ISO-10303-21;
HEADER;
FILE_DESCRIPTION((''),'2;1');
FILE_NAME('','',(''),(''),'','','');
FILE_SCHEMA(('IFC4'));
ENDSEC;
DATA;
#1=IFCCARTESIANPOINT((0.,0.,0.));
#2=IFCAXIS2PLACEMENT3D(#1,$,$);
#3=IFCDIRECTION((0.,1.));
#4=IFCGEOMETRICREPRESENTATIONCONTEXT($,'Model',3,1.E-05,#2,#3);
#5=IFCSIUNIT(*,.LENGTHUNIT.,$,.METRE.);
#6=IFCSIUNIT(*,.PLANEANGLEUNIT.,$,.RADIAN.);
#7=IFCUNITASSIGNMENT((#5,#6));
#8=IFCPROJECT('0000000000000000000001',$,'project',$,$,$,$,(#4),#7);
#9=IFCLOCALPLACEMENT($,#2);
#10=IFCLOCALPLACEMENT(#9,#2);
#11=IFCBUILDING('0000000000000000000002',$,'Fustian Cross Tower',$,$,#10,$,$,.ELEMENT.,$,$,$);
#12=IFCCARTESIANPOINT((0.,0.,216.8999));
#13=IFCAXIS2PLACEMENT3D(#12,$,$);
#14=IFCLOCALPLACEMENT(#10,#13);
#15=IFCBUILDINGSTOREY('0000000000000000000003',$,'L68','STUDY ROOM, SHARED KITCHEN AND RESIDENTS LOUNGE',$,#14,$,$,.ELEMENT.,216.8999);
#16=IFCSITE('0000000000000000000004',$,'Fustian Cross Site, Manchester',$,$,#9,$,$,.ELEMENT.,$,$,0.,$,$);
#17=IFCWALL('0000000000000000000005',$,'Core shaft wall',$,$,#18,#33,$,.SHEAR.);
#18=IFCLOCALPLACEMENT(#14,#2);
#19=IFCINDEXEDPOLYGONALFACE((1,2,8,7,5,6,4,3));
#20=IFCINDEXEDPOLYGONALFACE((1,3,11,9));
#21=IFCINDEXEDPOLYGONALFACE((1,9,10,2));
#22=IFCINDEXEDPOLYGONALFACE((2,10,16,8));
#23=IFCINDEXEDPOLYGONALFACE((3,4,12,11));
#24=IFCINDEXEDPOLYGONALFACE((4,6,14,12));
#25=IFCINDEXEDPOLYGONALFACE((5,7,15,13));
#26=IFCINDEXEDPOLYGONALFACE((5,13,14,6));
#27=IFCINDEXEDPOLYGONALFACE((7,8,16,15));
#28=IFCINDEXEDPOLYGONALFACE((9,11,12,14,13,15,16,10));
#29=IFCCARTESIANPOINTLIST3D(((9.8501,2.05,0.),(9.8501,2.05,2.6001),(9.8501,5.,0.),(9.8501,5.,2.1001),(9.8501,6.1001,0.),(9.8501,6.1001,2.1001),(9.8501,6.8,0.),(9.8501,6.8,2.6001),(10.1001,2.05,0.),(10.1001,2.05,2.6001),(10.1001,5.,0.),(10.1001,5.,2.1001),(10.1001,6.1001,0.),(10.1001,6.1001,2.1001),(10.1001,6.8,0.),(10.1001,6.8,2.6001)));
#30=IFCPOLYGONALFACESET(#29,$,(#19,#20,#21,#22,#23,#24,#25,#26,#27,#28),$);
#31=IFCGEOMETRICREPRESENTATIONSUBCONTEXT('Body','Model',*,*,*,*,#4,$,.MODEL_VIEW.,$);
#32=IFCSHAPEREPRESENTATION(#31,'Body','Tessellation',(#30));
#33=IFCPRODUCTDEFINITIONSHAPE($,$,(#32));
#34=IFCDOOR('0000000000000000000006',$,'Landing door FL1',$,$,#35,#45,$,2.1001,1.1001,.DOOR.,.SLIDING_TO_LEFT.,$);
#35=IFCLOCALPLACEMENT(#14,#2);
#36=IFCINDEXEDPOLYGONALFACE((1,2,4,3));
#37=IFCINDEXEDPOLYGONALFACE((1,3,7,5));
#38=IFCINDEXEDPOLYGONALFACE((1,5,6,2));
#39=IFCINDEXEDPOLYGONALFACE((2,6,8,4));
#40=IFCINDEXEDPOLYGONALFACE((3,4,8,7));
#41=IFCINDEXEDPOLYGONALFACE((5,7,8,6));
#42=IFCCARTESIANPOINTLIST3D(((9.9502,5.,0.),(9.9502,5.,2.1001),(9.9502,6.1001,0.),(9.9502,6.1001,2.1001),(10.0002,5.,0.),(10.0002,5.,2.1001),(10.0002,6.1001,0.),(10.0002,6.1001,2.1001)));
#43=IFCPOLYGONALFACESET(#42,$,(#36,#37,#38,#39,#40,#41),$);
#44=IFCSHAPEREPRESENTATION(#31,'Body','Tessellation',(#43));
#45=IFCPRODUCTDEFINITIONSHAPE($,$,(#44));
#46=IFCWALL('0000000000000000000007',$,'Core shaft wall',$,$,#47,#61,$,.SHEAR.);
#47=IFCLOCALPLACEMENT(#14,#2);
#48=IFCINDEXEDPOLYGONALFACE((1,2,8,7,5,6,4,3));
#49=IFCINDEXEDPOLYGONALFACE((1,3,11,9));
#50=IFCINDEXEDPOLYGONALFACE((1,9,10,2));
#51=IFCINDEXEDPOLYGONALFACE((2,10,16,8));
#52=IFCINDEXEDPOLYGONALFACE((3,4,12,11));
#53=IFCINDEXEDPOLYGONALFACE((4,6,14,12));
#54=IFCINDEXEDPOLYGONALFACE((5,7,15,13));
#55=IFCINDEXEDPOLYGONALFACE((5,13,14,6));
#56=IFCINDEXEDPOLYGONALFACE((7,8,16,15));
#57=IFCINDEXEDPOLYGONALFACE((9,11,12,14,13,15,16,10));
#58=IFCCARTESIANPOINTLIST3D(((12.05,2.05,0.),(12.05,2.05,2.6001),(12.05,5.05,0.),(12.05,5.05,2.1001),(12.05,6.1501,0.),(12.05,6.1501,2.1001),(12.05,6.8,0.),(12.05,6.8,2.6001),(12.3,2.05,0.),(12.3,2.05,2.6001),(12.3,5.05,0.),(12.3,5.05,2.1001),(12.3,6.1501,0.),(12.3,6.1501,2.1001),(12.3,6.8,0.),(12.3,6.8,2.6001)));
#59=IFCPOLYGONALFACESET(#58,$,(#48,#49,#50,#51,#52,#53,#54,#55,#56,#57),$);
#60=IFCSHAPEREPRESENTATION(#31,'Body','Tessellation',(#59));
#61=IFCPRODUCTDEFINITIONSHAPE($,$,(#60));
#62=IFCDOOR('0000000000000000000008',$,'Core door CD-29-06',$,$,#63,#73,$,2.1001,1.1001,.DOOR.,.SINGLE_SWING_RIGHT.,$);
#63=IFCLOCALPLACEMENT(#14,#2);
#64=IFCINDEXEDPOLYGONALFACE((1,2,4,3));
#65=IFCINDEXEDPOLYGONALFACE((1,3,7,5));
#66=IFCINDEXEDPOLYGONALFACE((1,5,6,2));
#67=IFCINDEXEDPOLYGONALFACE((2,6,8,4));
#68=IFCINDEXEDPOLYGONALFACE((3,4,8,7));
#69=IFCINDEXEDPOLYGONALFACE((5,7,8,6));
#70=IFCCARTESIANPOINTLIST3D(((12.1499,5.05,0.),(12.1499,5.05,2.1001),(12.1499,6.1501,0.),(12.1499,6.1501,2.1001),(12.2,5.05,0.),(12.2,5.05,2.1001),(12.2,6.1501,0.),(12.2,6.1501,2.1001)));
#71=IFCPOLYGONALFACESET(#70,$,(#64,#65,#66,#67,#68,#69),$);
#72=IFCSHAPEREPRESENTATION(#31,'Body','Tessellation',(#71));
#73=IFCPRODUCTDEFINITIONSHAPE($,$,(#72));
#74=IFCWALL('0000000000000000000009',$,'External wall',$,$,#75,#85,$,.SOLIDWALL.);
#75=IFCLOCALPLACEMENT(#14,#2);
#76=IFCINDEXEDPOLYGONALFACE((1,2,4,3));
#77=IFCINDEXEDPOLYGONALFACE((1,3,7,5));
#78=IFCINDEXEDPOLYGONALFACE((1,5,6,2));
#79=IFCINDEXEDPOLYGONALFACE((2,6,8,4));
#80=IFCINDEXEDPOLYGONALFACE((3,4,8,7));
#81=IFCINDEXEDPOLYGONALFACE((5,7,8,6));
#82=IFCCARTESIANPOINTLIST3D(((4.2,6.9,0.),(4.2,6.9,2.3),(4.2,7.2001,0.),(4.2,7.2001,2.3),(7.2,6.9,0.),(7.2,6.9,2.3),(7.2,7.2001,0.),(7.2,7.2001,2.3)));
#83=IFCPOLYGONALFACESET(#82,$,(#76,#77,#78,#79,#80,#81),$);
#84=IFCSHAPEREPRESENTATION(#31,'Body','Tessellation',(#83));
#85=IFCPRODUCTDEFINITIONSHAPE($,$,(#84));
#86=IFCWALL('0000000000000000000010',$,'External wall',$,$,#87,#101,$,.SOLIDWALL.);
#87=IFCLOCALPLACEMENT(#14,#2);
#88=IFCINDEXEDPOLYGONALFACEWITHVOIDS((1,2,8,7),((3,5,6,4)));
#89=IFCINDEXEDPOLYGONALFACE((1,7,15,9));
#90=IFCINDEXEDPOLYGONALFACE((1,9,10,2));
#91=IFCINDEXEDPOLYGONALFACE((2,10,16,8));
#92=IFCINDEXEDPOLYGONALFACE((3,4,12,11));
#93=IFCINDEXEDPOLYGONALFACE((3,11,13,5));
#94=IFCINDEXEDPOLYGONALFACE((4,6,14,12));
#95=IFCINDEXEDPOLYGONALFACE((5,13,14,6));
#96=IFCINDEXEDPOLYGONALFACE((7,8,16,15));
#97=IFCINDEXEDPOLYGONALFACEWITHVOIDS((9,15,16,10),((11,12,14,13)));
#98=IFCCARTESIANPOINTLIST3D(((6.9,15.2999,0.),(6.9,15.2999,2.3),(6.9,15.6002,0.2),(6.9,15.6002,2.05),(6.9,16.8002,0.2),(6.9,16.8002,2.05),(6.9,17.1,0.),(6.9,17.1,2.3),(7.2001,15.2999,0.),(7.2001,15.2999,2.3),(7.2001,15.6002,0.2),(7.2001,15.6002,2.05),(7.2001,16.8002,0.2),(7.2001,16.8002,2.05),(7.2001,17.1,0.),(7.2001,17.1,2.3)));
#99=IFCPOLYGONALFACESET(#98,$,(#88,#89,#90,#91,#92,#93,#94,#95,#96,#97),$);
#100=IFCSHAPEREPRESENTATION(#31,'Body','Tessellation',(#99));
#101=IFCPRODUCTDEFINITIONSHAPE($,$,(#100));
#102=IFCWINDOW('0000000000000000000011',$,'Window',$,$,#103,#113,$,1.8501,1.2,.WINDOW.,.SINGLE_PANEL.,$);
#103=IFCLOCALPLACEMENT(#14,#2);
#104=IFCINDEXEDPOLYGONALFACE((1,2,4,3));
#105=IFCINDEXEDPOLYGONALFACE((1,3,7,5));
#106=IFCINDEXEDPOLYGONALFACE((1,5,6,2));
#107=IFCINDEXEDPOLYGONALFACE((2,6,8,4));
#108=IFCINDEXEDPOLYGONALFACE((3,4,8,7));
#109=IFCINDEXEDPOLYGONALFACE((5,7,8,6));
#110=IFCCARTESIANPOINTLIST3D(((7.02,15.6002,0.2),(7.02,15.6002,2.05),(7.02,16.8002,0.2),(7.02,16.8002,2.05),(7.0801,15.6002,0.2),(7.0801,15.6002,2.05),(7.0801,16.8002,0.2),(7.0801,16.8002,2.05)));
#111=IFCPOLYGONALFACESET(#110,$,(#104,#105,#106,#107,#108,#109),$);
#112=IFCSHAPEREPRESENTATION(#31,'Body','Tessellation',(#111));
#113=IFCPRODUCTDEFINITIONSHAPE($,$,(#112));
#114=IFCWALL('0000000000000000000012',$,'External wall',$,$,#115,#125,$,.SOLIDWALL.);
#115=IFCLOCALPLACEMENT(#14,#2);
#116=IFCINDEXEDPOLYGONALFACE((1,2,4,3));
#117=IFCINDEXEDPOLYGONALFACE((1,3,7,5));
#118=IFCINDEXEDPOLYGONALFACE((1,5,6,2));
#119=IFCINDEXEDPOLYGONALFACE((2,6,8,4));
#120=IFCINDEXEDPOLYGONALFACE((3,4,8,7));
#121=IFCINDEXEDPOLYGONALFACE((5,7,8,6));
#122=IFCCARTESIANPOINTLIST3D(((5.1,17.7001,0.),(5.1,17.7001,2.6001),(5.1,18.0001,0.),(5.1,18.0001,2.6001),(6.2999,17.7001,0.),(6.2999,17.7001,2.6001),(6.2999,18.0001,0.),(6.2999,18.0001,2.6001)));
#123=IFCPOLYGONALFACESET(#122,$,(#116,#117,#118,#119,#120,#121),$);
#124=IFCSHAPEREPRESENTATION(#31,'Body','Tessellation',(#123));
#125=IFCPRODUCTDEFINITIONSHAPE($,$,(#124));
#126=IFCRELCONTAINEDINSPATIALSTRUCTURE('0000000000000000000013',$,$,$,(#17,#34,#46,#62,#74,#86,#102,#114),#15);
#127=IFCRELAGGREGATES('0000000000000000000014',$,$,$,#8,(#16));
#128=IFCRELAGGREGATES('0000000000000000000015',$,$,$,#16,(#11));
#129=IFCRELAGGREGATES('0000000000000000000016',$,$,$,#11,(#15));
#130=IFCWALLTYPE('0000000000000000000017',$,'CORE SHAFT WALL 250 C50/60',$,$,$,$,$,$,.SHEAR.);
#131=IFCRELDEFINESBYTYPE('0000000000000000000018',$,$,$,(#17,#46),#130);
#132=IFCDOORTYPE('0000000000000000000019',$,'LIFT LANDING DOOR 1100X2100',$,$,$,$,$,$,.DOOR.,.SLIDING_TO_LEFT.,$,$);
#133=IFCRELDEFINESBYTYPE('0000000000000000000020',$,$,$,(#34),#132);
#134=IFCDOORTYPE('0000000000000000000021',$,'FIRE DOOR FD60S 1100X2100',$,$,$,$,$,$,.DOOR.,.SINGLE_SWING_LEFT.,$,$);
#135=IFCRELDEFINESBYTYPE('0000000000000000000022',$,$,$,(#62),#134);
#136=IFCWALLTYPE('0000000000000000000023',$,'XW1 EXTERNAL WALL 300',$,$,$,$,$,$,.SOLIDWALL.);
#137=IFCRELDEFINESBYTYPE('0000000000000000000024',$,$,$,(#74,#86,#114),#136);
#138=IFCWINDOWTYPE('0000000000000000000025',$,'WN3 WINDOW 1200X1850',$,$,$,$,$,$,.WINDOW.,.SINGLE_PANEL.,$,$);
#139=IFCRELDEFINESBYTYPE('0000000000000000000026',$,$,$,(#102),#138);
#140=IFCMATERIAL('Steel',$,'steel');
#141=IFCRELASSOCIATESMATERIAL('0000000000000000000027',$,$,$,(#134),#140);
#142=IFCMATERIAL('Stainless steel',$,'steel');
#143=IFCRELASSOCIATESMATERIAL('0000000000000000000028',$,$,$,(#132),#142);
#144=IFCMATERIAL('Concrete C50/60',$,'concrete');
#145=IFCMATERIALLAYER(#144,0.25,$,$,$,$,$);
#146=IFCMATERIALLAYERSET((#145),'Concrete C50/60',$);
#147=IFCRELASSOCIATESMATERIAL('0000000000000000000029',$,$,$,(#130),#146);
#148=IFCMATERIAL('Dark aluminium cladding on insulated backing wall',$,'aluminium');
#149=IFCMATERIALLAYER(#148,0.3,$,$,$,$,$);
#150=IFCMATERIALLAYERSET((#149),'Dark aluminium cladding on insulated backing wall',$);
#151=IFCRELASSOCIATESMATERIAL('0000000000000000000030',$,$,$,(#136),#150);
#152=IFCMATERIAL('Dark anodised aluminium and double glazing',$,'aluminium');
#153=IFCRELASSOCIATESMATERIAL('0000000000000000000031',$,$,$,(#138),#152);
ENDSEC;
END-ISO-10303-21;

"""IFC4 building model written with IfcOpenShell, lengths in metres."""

from ifc_helpers import new_model, si_unit, direction, frame, frame_2d, origin, place, context, subcontext, project, spatial, rectangle, extrude, material, layer, layer_set, type_object, element, fill, save


model = new_model("IFC4")

# Units and contexts
model_context = context("Model", 3, precision=1e-05, world=origin(), true_north=direction((0.0, 1.0)))
body_context = subcontext(model_context, "Body", "Model", "MODEL_VIEW")
ifc_project = project(units=[si_unit("LENGTHUNIT", "METRE"), si_unit("PLANEANGLEUNIT", "RADIAN")], contexts=[model_context])

# Site, building, storey
site_placement = place(None, origin())
site = spatial("IfcSite", under=ifc_project, at=site_placement, Name="Fustian Cross Site, Manchester", CompositionType="ELEMENT", RefElevation=0.0)
building_placement = place(site_placement, origin())
building = spatial("IfcBuilding", under=site, at=building_placement, Name="Fustian Cross Tower", CompositionType="ELEMENT")
storey_placement = place(building_placement, frame((0.0, 0.0, 216.8999)))
storey = spatial("IfcBuildingStorey", under=building, at=storey_placement, Name="L68", Description="STUDY ROOM, SHARED KITCHEN AND RESIDENTS LOUNGE", CompositionType="ELEMENT", Elevation=216.8999)

# Shared definitions
ifc_material_1 = material(Name="Steel", Category="steel")
door_type_1 = type_object("IfcDoorType", Name="FIRE DOOR FD60S 1100X2100", OperationType="SINGLE_SWING_LEFT", PredefinedType="DOOR", material=ifc_material_1)
ifc_material_2 = material(Name="Stainless steel", Category="steel")
door_type_2 = type_object("IfcDoorType", Name="LIFT LANDING DOOR 1100X2100", OperationType="SLIDING_TO_LEFT", PredefinedType="DOOR", material=ifc_material_2)

# Shared definitions
ifc_material_3 = material(Name="Concrete C50/60", Category="concrete")
ifc_layer_1 = layer(ifc_material_3, 0.25)
ifc_layer_set_1 = layer_set([ifc_layer_1], Name="Concrete C50/60")
wall_type_1 = type_object("IfcWallType", Name="CORE SHAFT WALL 250 C50/60", PredefinedType="SHEAR", material=ifc_layer_set_1)

# Walls, openings, doors
wall_1_placement = place(storey_placement, frame((9.9751, 2.05, 0.0), z_axis=(0.0, 0.0, 1.0), x_axis=(0.0, 1.0, 0.0)))
wall_1 = element("IfcWall", 1, at=wall_1_placement, inside=storey, type_object=wall_type_1, Name="Core shaft wall", PredefinedType="SHEAR", context=body_context, shape_type="SweptSolid", body=[
    extrude(rectangle(XDim=4.75, YDim=0.25, at=frame_2d((2.375, 0.0))), origin(), (0.0, 0.0, 1.0), 2.6001),
])
opening_1_placement = place(wall_1_placement, frame((2.95, 0.0, 0.0)))
opening_1 = element("IfcOpeningElement", 2, at=opening_1_placement, cuts=wall_1, PredefinedType="OPENING", context=body_context, shape_type="SweptSolid", body=[
    extrude(rectangle(XDim=1.1001, YDim=2.1001, at=frame_2d((0.55, 1.05))), frame((0.0, 0.135, 0.0), z_axis=(0.0, -1.0, 0.0), x_axis=(1.0, 0.0, 0.0)), (0.0, 0.0, 1.0), 0.27),
])
door_1_placement = place(opening_1_placement, origin())
door_1 = element("IfcDoor", 3, at=door_1_placement, inside=storey, type_object=door_type_2, Name="Landing door FL1", OperationType="SLIDING_TO_LEFT", OverallHeight=2.1001, OverallWidth=1.1001, PredefinedType="DOOR", context=body_context, shape_type="SweptSolid", body=[
    extrude(rectangle(XDim=1.1001, YDim=2.1001, at=frame_2d((0.55, 1.05))), frame((0.0, 0.0249, 0.0), z_axis=(0.0, -1.0, 0.0), x_axis=(1.0, 0.0, 0.0)), (0.0, 0.0, 1.0), 0.05),
])
fill(opening_1, door_1)
wall_2_placement = place(storey_placement, frame((12.175, 2.05, 0.0), z_axis=(0.0, 0.0, 1.0), x_axis=(0.0, 1.0, 0.0)))
wall_2 = element("IfcWall", 4, at=wall_2_placement, inside=storey, type_object=wall_type_1, Name="Core shaft wall", PredefinedType="SHEAR", context=body_context, shape_type="SweptSolid", body=[
    extrude(rectangle(XDim=4.75, YDim=0.25, at=frame_2d((2.375, 0.0))), origin(), (0.0, 0.0, 1.0), 2.6001),
])
opening_2_placement = place(wall_2_placement, frame((3.0, 0.0, 0.0)))
opening_2 = element("IfcOpeningElement", 5, at=opening_2_placement, cuts=wall_2, PredefinedType="OPENING", context=body_context, shape_type="SweptSolid", body=[
    extrude(rectangle(XDim=1.1001, YDim=2.1001, at=frame_2d((0.55, 1.05))), frame((0.0, 0.135, 0.0), z_axis=(0.0, -1.0, 0.0), x_axis=(1.0, 0.0, 0.0)), (0.0, 0.0, 1.0), 0.27),
])
door_2_placement = place(opening_2_placement, frame((1.1001, 0.0, 0.0), z_axis=(0.0, 0.0, 1.0), x_axis=(-1.0, 0.0, 0.0)))
door_2 = element("IfcDoor", 6, at=door_2_placement, inside=storey, type_object=door_type_1, Name="Core door CD-29-06", OperationType="SINGLE_SWING_RIGHT", OverallHeight=2.1001, OverallWidth=1.1001, PredefinedType="DOOR", context=body_context, shape_type="SweptSolid", body=[
    extrude(rectangle(XDim=1.1001, YDim=2.1001, at=frame_2d((0.55, 1.05))), frame((0.0, 0.0249, 0.0), z_axis=(0.0, -1.0, 0.0), x_axis=(1.0, 0.0, 0.0)), (0.0, 0.0, 1.0), 0.05),
])
fill(opening_2, door_2)

# Wall
ifc_material_4 = material(Name="Dark aluminium cladding on insulated backing wall", Category="aluminium")
ifc_layer_2 = layer(ifc_material_4, 0.3)
ifc_layer_set_2 = layer_set([ifc_layer_2], Name="Dark aluminium cladding on insulated backing wall")
wall_type_2 = type_object("IfcWallType", Name="XW1 EXTERNAL WALL 300", PredefinedType="SOLIDWALL", material=ifc_layer_set_2)
wall_3_placement = place(storey_placement, frame((7.2, 7.05, 0.0), z_axis=(0.0, 0.0, 1.0), x_axis=(-1.0, 0.0, 0.0)))
element("IfcWall", 7, at=wall_3_placement, inside=storey, type_object=wall_type_2, Name="External wall", PredefinedType="SOLIDWALL", context=body_context, shape_type="SweptSolid", body=[
    extrude(rectangle(XDim=3.0, YDim=0.3, at=frame_2d((1.5, 0.0))), origin(), (0.0, 0.0, 1.0), 2.3),
])

# Wall, opening, window
wall_4_placement = place(storey_placement, frame((7.05, 15.3, 0.0), z_axis=(0.0, 0.0, 1.0), x_axis=(0.0, 1.0, 0.0)))
wall_4 = element("IfcWall", 8, at=wall_4_placement, inside=storey, type_object=wall_type_2, Name="External wall", PredefinedType="SOLIDWALL", context=body_context, shape_type="SweptSolid", body=[
    extrude(rectangle(XDim=1.8, YDim=0.3, at=frame_2d((0.8999, 0.0))), origin(), (0.0, 0.0, 1.0), 2.3),
])
opening_3_placement = place(wall_4_placement, frame((0.3, 0.0, 0.2)))
opening_3 = element("IfcOpeningElement", 9, at=opening_3_placement, cuts=wall_4, PredefinedType="OPENING", context=body_context, shape_type="SweptSolid", body=[
    extrude(rectangle(XDim=1.2, YDim=1.8501, at=frame_2d((0.6001, 0.925))), frame((0.0, 0.1599, 0.0), z_axis=(0.0, -1.0, 0.0), x_axis=(1.0, 0.0, 0.0)), (0.0, 0.0, 1.0), 0.3201),
])
ifc_material_5 = material(Name="Dark anodised aluminium and double glazing", Category="aluminium")
window_type = type_object("IfcWindowType", Name="WN3 WINDOW 1200X1850", PartitioningType="SINGLE_PANEL", PredefinedType="WINDOW", material=ifc_material_5)
window_placement = place(opening_3_placement, origin())
window = element("IfcWindow", 10, at=window_placement, inside=storey, type_object=window_type, Name="Window", OverallHeight=1.8501, OverallWidth=1.2, PartitioningType="SINGLE_PANEL", PredefinedType="WINDOW", context=body_context, shape_type="SweptSolid", body=[
    extrude(rectangle(XDim=1.2, YDim=1.8501, at=frame_2d((0.6001, 0.925))), frame((0.0, 0.03, 0.0), z_axis=(0.0, -1.0, 0.0), x_axis=(1.0, 0.0, 0.0)), (0.0, 0.0, 1.0), 0.0601),
])
fill(opening_3, window)

# Wall
wall_5_placement = place(storey_placement, frame((6.3, 17.8501, 0.0), z_axis=(0.0, 0.0, 1.0), x_axis=(-1.0, 0.0, 0.0)))
element("IfcWall", 11, at=wall_5_placement, inside=storey, type_object=wall_type_2, Name="External wall", PredefinedType="SOLIDWALL", context=body_context, shape_type="SweptSolid", body=[
    extrude(rectangle(XDim=1.2, YDim=0.3, at=frame_2d((0.6001, 0.0))), origin(), (0.0, 0.0, 1.0), 2.6001),
])

save(model, "model.ifc")
